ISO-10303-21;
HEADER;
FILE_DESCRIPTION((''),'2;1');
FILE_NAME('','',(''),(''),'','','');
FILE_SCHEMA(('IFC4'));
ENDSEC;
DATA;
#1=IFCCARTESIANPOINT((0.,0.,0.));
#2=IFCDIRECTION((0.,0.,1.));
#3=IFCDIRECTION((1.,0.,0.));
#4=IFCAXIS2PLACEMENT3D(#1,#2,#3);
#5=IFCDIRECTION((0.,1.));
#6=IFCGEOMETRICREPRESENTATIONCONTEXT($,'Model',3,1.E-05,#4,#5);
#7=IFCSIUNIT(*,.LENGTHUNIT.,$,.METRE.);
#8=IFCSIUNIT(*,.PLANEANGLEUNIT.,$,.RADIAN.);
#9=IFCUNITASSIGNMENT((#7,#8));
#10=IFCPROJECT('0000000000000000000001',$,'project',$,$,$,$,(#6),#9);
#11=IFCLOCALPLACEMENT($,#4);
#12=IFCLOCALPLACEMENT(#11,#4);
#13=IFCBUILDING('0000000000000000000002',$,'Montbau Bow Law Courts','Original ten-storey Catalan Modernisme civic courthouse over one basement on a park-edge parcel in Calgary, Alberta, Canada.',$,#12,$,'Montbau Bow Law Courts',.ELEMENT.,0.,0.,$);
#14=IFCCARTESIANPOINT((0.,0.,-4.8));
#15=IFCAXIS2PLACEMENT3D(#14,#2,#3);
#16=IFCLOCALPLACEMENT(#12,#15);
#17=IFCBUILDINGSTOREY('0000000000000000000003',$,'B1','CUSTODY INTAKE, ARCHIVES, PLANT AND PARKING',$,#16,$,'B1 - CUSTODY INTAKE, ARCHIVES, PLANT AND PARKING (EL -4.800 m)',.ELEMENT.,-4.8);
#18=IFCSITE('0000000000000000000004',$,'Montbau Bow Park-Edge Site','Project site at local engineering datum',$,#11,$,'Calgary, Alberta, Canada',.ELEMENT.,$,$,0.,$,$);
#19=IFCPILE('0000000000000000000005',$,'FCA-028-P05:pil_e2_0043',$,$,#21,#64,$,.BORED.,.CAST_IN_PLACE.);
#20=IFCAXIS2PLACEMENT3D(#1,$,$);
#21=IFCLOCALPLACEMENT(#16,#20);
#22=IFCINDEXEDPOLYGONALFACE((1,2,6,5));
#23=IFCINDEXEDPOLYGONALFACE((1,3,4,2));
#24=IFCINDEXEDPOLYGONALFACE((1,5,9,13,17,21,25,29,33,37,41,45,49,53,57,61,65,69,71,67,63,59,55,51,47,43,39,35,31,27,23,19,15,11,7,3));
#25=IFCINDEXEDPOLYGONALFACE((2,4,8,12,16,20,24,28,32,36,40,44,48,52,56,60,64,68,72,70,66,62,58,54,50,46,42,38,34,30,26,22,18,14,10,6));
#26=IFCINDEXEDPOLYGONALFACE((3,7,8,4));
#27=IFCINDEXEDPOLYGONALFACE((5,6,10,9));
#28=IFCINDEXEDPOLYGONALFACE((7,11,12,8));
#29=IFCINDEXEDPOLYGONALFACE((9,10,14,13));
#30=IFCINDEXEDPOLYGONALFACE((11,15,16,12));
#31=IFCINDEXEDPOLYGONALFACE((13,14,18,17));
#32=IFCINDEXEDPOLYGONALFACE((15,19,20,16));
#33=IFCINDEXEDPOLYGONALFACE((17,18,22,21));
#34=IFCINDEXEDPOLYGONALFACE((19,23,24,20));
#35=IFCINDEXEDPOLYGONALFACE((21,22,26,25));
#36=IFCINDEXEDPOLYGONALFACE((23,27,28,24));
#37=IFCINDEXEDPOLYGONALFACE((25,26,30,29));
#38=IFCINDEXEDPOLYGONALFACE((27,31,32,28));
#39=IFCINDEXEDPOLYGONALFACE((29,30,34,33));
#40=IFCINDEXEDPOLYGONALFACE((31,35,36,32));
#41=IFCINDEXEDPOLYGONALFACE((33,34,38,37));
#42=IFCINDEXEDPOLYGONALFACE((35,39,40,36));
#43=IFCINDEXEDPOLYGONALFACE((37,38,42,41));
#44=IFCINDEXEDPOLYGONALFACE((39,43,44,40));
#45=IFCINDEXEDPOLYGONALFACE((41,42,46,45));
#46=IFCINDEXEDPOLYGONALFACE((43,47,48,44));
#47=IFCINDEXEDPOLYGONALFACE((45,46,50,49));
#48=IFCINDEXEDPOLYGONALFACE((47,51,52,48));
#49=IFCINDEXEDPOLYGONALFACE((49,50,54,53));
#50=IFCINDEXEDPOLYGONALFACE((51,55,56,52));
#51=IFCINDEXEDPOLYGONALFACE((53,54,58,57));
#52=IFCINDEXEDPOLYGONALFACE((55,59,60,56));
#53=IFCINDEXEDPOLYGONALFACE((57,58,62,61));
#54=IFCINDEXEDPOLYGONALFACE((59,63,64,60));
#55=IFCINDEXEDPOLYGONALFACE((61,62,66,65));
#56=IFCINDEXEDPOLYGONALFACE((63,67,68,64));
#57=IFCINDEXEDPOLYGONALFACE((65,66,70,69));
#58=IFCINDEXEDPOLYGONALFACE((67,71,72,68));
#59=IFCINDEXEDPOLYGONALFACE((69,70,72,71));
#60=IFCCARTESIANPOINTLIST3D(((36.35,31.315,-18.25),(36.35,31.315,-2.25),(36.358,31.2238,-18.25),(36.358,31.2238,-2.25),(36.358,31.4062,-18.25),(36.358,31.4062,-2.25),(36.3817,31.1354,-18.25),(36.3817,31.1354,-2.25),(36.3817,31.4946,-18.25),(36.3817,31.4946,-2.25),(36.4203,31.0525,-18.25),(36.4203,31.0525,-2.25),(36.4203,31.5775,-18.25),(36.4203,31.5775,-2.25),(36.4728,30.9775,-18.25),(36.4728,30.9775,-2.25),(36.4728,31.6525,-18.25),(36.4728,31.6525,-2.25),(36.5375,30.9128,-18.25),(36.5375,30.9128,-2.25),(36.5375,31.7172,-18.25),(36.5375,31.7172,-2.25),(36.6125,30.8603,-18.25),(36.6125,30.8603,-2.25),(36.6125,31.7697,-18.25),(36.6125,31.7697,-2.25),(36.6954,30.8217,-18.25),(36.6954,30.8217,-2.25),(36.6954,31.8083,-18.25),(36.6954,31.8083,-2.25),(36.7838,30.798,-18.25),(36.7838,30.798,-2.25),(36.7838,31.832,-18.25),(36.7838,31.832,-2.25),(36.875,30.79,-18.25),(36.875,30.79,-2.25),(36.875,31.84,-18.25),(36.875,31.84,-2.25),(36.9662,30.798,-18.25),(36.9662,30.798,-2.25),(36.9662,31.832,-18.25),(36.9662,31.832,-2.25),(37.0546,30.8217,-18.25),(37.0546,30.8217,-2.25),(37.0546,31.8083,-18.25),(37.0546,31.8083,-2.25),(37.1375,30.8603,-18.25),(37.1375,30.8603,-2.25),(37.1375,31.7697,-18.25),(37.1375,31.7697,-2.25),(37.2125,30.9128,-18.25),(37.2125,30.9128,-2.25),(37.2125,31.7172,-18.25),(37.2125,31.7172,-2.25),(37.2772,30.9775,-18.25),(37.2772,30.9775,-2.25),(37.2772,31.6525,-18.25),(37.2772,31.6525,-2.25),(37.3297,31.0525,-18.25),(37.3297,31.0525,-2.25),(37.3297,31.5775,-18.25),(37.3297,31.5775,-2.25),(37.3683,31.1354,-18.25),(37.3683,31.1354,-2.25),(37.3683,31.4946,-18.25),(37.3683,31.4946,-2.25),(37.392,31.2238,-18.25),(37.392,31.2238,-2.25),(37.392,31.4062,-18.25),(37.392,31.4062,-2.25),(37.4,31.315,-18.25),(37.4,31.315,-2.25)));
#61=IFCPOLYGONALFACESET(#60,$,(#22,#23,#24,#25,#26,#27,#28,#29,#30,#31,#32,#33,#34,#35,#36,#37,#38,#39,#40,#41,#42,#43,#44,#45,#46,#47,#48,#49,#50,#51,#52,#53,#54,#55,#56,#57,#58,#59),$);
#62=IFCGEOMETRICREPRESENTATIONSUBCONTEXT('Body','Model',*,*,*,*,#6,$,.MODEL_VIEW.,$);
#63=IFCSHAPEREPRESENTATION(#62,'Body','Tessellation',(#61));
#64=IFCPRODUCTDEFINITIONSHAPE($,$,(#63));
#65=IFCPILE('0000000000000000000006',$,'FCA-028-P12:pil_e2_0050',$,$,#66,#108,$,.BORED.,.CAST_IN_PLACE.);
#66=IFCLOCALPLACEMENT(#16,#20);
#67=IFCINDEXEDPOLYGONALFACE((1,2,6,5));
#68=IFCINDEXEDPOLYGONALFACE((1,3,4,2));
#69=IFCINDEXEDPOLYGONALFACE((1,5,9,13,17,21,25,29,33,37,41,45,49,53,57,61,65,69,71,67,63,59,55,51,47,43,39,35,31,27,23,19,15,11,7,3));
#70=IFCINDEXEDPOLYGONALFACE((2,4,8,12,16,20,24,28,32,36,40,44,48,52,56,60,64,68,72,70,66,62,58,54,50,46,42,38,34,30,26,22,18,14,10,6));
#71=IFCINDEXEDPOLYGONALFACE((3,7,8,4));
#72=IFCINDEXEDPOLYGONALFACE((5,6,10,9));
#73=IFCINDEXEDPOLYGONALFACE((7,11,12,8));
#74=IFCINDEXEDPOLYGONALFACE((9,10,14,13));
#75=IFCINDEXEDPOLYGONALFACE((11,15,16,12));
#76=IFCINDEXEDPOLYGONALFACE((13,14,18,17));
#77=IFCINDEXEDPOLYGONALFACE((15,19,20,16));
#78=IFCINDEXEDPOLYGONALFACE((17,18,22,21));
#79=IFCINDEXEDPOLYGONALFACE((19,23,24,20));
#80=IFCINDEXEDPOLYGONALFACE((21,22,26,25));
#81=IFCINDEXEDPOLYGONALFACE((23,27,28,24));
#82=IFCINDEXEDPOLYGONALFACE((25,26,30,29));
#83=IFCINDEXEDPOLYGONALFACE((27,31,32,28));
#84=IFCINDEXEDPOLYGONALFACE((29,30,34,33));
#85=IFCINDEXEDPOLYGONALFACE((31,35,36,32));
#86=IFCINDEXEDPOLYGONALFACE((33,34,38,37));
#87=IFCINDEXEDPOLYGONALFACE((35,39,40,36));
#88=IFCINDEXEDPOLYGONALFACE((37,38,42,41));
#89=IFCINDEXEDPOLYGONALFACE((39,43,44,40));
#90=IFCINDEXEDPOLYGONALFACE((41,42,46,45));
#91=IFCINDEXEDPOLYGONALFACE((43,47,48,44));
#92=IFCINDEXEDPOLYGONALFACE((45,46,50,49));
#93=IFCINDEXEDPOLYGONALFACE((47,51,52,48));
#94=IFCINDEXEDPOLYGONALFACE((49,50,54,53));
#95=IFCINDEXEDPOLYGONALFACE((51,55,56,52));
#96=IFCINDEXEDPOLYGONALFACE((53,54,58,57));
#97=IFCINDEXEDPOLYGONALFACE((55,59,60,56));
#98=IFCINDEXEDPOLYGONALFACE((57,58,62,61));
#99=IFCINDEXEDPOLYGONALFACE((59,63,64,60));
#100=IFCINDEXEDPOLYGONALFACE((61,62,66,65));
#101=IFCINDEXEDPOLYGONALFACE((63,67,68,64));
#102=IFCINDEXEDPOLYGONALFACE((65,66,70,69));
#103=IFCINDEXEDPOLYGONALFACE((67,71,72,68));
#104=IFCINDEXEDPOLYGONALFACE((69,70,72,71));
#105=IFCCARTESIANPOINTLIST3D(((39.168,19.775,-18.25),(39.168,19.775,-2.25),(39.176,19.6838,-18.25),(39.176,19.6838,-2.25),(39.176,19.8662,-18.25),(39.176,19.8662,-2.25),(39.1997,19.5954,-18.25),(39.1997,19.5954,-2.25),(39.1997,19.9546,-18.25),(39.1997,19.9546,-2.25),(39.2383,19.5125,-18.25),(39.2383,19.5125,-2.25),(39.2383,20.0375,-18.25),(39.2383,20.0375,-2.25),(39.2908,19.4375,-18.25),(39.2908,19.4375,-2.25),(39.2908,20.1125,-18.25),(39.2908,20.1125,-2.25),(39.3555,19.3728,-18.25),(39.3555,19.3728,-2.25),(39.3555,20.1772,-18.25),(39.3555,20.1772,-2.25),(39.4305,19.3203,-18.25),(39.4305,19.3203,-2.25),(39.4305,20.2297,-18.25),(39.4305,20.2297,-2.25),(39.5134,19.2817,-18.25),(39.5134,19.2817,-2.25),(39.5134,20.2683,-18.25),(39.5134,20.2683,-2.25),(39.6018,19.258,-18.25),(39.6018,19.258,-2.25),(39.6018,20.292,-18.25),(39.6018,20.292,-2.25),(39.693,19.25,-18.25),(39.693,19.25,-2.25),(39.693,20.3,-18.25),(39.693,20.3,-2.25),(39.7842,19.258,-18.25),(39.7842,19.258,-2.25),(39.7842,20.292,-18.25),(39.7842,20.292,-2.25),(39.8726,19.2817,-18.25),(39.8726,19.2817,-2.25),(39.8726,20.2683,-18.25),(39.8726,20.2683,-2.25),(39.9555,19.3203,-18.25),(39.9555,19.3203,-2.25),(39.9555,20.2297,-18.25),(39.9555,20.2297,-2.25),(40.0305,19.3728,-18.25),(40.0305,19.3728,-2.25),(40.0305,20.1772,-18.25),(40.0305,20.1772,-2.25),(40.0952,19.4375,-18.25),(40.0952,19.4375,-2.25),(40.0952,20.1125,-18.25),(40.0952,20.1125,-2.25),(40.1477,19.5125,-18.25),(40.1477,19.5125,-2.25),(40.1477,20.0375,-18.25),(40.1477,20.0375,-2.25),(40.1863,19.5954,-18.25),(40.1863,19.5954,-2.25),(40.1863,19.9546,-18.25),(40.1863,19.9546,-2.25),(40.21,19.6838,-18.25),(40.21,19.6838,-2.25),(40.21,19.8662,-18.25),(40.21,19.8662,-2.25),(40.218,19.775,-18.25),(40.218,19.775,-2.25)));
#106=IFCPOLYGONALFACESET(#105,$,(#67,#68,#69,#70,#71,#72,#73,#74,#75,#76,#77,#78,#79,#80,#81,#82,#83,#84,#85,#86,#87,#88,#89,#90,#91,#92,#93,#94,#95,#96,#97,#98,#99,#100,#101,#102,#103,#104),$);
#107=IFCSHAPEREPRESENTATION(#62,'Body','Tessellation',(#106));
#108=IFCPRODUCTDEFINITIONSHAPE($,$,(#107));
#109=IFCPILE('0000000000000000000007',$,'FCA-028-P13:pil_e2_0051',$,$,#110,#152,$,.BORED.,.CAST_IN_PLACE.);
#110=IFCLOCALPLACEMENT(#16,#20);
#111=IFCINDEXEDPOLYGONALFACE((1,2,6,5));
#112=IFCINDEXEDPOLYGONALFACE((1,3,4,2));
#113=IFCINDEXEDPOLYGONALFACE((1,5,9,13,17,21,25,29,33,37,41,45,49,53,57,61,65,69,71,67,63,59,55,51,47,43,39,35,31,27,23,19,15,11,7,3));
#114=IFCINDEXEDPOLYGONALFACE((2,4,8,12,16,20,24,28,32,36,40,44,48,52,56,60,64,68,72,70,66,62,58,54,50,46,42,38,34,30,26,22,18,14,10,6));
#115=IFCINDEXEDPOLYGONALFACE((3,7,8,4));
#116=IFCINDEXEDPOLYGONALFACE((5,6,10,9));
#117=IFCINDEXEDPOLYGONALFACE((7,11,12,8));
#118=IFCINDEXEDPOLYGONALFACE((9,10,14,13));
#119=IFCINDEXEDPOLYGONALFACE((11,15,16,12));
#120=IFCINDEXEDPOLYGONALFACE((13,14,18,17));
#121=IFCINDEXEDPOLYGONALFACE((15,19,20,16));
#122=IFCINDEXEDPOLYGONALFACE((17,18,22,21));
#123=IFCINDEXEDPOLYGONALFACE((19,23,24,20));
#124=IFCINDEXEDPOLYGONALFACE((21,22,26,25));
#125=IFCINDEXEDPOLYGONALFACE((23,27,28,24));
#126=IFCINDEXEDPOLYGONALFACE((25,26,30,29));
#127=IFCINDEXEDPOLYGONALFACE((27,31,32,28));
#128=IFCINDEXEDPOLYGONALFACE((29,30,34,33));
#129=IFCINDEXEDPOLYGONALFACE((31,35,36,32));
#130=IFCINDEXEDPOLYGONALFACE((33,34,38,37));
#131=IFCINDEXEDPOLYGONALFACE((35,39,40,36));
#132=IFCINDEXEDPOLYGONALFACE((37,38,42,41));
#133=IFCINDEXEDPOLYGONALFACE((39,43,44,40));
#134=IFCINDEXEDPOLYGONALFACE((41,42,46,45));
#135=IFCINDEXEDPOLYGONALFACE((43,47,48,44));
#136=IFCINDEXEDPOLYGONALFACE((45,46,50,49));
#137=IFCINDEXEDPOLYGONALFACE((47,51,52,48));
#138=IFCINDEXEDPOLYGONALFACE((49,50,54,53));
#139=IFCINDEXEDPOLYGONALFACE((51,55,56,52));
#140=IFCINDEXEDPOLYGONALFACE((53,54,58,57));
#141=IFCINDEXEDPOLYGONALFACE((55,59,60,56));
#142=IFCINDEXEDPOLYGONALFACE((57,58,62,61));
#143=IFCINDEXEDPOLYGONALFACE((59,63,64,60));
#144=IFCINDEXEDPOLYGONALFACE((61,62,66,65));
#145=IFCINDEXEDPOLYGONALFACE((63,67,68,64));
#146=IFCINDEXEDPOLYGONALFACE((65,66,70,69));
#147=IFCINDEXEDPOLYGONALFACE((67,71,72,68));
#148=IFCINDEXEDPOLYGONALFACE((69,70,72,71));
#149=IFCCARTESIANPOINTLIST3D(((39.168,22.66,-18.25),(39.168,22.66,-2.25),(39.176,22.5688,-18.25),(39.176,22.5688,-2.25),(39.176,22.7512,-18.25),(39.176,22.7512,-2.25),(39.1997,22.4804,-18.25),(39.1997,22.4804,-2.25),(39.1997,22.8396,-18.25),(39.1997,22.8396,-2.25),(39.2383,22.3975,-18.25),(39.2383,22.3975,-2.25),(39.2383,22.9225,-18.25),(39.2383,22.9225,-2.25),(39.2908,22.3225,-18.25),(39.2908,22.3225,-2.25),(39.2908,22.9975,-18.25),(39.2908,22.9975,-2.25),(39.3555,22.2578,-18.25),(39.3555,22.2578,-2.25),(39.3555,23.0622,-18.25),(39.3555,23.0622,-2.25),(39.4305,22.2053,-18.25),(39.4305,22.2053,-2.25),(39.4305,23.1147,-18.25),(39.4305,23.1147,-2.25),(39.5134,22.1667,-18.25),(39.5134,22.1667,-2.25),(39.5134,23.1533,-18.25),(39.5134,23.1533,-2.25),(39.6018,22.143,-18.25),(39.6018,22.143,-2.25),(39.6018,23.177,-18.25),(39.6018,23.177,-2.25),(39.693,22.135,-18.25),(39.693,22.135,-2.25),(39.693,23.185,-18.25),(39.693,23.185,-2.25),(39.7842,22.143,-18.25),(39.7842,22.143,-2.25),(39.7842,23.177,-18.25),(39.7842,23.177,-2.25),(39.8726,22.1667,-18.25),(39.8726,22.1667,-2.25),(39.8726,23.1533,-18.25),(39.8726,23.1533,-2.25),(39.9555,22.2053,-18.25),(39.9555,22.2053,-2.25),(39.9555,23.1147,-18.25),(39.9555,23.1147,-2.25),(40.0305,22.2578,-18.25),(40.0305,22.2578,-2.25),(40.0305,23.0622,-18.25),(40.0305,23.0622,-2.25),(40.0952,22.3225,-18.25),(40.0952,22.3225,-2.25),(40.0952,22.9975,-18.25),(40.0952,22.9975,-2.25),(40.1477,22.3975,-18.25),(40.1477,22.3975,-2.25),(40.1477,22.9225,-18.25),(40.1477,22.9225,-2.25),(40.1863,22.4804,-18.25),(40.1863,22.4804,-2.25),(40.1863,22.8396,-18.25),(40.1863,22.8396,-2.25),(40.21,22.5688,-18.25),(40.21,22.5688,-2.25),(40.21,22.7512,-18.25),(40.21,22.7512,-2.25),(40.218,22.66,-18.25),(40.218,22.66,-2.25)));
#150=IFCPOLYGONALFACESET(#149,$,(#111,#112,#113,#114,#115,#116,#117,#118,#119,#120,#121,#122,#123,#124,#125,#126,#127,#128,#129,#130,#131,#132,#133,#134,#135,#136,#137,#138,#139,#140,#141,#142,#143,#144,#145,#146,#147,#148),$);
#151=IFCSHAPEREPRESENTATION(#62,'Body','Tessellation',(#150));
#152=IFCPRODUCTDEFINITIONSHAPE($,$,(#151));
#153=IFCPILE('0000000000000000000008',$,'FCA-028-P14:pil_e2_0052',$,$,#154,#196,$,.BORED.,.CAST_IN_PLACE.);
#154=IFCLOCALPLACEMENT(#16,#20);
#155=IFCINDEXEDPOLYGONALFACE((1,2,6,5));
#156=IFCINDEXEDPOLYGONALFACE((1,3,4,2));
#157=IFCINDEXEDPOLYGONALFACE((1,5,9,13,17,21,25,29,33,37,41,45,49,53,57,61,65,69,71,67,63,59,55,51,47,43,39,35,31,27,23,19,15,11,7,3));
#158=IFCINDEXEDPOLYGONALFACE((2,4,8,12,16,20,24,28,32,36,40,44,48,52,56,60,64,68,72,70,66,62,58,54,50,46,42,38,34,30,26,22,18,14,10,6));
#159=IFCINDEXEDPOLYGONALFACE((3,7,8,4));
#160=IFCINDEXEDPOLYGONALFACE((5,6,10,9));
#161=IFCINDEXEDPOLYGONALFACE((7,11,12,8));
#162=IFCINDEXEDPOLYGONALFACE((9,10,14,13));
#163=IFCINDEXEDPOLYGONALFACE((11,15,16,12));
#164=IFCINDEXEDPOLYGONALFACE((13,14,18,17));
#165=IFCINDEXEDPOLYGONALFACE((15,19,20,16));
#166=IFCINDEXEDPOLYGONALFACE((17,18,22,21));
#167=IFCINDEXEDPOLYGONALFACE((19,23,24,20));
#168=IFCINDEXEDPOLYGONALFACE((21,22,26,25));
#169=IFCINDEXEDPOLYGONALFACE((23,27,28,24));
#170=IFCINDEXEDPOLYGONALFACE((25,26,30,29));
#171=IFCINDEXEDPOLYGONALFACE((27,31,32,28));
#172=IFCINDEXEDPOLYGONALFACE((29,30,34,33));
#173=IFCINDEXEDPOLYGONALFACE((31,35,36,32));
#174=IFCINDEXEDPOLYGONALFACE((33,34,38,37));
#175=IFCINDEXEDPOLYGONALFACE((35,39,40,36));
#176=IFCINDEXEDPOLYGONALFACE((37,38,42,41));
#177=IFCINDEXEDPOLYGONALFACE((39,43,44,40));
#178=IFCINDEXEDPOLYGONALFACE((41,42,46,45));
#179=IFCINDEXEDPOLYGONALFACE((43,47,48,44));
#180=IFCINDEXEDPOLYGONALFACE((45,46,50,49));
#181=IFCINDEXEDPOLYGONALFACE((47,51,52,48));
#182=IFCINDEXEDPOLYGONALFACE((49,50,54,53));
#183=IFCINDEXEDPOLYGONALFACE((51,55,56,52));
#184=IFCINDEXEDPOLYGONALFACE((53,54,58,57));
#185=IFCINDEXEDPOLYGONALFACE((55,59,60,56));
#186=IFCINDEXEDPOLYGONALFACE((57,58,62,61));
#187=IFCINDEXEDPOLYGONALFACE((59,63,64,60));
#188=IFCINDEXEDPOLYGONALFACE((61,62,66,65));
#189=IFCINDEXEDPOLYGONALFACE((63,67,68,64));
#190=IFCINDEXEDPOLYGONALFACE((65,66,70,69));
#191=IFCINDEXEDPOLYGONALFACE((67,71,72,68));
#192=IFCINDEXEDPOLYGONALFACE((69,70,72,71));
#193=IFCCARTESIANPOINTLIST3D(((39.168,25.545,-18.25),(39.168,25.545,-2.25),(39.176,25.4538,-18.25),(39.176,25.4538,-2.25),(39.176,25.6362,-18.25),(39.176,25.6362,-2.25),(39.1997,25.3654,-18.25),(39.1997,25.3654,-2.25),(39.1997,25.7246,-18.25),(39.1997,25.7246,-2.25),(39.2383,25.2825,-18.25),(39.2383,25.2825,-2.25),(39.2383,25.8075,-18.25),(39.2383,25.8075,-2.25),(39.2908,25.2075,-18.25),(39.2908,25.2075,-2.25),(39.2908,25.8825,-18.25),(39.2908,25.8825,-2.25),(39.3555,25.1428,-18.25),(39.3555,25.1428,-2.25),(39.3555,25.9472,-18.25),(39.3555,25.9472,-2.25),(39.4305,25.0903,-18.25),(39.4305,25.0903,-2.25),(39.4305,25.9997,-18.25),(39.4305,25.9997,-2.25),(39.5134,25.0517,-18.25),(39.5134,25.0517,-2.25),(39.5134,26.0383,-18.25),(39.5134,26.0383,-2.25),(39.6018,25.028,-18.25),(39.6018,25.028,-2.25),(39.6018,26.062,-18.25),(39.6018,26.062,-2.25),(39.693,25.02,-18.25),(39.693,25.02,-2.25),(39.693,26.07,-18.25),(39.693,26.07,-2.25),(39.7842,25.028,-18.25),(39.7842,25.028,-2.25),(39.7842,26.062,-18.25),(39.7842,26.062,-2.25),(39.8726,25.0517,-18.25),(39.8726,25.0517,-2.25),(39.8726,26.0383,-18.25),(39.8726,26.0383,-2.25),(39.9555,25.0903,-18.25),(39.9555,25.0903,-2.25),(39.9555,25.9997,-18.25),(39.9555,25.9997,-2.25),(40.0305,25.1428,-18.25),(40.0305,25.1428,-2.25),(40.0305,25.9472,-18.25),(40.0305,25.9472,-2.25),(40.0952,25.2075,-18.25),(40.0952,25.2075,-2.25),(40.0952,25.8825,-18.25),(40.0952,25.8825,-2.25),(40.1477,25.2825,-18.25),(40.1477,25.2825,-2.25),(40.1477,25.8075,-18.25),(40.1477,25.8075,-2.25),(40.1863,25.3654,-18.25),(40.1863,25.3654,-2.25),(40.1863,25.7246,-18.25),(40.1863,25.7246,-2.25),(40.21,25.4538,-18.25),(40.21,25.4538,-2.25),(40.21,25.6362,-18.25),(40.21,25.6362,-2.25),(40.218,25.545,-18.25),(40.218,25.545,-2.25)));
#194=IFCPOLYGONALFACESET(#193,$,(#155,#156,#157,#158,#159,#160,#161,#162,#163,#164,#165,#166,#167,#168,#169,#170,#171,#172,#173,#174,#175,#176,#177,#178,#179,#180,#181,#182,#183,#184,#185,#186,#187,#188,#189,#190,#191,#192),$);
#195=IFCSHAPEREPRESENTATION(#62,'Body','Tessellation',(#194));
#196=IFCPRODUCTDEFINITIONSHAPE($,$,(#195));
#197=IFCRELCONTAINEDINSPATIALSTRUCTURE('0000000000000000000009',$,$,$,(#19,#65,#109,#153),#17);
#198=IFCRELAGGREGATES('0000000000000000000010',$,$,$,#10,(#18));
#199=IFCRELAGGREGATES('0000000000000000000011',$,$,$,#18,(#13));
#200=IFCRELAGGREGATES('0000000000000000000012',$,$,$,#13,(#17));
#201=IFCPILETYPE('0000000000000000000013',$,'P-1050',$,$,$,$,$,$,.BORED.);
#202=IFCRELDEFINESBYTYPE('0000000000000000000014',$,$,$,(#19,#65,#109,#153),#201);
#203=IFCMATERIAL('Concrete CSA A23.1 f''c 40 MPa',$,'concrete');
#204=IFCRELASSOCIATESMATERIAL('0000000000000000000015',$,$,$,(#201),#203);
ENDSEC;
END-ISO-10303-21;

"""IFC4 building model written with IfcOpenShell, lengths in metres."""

from ifc_helpers import new_model, si_unit, direction, frame, origin_with_axes, origin_2d_with_axis, place, context, subcontext, project, spatial, circle, extrude, material, material_profile, profile_set, type_object, element, save


model = new_model("IFC4")

# Units and contexts
model_context = context("Model", 3, precision=1e-05, world=origin_with_axes(), true_north=direction((0.0, 1.0)))
body_context = subcontext(model_context, "Body", "Model", "MODEL_VIEW")
ifc_project = project(units=[si_unit("LENGTHUNIT", "METRE"), si_unit("PLANEANGLEUNIT", "RADIAN")], contexts=[model_context])

# Site, building, storey
site_placement = place(None, origin_with_axes())
site = spatial("IfcSite", under=ifc_project, at=site_placement, Name="Montbau Bow Park-Edge Site", Description="Project site at local engineering datum", LongName="Calgary, Alberta, Canada", CompositionType="ELEMENT", RefElevation=0.0)
building_placement = place(site_placement, origin_with_axes())
building = spatial("IfcBuilding", under=site, at=building_placement, Name="Montbau Bow Law Courts", Description="Original ten-storey Catalan Modernisme civic courthouse over one basement on a park-edge parcel in Calgary, Alberta, Canada.", LongName="Montbau Bow Law Courts", CompositionType="ELEMENT", ElevationOfRefHeight=0.0, ElevationOfTerrain=0.0)
storey_placement = place(building_placement, frame((0.0, 0.0, -4.8), z_axis=(0.0, 0.0, 1.0), x_axis=(1.0, 0.0, 0.0)))
storey = spatial("IfcBuildingStorey", under=building, at=storey_placement, Name="B1", Description="CUSTODY INTAKE, ARCHIVES, PLANT AND PARKING", LongName="B1 - CUSTODY INTAKE, ARCHIVES, PLANT AND PARKING (EL -4.800 m)", CompositionType="ELEMENT", Elevation=-4.8)

# Piles
ifc_material_1 = material(Name="Concrete CSA A23.1 f'c 40 MPa", Category="concrete")
ifc_material_profile_1 = material_profile(ifc_material_1, circle(Radius=0.525, at=origin_2d_with_axis()), Name="BP1050", Category="Main", Priority=0)
ifc_profile_set_1 = profile_set([ifc_material_profile_1], Name="Concrete CSA A23.1 f'c 40 MPa")
pile_type = type_object("IfcPileType", Name="P-1050", PredefinedType="BORED", material=ifc_profile_set_1)
for number, where, z_axis, x_axis, name in (
    (1, (36.875, 31.315, -23.05), (0.0, 0.0, 1.0), (1.0, 0.0, 0.0), "FCA-028-P05:pil_e2_0043"),
    (2, (39.693, 19.775, -23.05), (0.0, 0.0, 1.0), (1.0, 0.0, 0.0), "FCA-028-P12:pil_e2_0050"),
    (3, (39.693, 22.66, -23.05), (0.0, 0.0, 1.0), (1.0, 0.0, 0.0), "FCA-028-P13:pil_e2_0051"),
    (4, (39.693, 25.545, -23.05), (0.0, 0.0, 1.0), (1.0, 0.0, 0.0), "FCA-028-P14:pil_e2_0052"),
):
    element("IfcPile", number, at=place(None, frame(where, z_axis=z_axis, x_axis=x_axis)), inside=storey, type_object=pile_type, Name=name, ConstructionType="CAST_IN_PLACE", PredefinedType="BORED", context=body_context, shape_type="SweptSolid", body=[
        extrude(circle(Radius=0.525, at=origin_2d_with_axis()), origin_with_axes(), (0.0, 0.0, 1.0), 16.0),
    ])

save(model, "model.ifc")
